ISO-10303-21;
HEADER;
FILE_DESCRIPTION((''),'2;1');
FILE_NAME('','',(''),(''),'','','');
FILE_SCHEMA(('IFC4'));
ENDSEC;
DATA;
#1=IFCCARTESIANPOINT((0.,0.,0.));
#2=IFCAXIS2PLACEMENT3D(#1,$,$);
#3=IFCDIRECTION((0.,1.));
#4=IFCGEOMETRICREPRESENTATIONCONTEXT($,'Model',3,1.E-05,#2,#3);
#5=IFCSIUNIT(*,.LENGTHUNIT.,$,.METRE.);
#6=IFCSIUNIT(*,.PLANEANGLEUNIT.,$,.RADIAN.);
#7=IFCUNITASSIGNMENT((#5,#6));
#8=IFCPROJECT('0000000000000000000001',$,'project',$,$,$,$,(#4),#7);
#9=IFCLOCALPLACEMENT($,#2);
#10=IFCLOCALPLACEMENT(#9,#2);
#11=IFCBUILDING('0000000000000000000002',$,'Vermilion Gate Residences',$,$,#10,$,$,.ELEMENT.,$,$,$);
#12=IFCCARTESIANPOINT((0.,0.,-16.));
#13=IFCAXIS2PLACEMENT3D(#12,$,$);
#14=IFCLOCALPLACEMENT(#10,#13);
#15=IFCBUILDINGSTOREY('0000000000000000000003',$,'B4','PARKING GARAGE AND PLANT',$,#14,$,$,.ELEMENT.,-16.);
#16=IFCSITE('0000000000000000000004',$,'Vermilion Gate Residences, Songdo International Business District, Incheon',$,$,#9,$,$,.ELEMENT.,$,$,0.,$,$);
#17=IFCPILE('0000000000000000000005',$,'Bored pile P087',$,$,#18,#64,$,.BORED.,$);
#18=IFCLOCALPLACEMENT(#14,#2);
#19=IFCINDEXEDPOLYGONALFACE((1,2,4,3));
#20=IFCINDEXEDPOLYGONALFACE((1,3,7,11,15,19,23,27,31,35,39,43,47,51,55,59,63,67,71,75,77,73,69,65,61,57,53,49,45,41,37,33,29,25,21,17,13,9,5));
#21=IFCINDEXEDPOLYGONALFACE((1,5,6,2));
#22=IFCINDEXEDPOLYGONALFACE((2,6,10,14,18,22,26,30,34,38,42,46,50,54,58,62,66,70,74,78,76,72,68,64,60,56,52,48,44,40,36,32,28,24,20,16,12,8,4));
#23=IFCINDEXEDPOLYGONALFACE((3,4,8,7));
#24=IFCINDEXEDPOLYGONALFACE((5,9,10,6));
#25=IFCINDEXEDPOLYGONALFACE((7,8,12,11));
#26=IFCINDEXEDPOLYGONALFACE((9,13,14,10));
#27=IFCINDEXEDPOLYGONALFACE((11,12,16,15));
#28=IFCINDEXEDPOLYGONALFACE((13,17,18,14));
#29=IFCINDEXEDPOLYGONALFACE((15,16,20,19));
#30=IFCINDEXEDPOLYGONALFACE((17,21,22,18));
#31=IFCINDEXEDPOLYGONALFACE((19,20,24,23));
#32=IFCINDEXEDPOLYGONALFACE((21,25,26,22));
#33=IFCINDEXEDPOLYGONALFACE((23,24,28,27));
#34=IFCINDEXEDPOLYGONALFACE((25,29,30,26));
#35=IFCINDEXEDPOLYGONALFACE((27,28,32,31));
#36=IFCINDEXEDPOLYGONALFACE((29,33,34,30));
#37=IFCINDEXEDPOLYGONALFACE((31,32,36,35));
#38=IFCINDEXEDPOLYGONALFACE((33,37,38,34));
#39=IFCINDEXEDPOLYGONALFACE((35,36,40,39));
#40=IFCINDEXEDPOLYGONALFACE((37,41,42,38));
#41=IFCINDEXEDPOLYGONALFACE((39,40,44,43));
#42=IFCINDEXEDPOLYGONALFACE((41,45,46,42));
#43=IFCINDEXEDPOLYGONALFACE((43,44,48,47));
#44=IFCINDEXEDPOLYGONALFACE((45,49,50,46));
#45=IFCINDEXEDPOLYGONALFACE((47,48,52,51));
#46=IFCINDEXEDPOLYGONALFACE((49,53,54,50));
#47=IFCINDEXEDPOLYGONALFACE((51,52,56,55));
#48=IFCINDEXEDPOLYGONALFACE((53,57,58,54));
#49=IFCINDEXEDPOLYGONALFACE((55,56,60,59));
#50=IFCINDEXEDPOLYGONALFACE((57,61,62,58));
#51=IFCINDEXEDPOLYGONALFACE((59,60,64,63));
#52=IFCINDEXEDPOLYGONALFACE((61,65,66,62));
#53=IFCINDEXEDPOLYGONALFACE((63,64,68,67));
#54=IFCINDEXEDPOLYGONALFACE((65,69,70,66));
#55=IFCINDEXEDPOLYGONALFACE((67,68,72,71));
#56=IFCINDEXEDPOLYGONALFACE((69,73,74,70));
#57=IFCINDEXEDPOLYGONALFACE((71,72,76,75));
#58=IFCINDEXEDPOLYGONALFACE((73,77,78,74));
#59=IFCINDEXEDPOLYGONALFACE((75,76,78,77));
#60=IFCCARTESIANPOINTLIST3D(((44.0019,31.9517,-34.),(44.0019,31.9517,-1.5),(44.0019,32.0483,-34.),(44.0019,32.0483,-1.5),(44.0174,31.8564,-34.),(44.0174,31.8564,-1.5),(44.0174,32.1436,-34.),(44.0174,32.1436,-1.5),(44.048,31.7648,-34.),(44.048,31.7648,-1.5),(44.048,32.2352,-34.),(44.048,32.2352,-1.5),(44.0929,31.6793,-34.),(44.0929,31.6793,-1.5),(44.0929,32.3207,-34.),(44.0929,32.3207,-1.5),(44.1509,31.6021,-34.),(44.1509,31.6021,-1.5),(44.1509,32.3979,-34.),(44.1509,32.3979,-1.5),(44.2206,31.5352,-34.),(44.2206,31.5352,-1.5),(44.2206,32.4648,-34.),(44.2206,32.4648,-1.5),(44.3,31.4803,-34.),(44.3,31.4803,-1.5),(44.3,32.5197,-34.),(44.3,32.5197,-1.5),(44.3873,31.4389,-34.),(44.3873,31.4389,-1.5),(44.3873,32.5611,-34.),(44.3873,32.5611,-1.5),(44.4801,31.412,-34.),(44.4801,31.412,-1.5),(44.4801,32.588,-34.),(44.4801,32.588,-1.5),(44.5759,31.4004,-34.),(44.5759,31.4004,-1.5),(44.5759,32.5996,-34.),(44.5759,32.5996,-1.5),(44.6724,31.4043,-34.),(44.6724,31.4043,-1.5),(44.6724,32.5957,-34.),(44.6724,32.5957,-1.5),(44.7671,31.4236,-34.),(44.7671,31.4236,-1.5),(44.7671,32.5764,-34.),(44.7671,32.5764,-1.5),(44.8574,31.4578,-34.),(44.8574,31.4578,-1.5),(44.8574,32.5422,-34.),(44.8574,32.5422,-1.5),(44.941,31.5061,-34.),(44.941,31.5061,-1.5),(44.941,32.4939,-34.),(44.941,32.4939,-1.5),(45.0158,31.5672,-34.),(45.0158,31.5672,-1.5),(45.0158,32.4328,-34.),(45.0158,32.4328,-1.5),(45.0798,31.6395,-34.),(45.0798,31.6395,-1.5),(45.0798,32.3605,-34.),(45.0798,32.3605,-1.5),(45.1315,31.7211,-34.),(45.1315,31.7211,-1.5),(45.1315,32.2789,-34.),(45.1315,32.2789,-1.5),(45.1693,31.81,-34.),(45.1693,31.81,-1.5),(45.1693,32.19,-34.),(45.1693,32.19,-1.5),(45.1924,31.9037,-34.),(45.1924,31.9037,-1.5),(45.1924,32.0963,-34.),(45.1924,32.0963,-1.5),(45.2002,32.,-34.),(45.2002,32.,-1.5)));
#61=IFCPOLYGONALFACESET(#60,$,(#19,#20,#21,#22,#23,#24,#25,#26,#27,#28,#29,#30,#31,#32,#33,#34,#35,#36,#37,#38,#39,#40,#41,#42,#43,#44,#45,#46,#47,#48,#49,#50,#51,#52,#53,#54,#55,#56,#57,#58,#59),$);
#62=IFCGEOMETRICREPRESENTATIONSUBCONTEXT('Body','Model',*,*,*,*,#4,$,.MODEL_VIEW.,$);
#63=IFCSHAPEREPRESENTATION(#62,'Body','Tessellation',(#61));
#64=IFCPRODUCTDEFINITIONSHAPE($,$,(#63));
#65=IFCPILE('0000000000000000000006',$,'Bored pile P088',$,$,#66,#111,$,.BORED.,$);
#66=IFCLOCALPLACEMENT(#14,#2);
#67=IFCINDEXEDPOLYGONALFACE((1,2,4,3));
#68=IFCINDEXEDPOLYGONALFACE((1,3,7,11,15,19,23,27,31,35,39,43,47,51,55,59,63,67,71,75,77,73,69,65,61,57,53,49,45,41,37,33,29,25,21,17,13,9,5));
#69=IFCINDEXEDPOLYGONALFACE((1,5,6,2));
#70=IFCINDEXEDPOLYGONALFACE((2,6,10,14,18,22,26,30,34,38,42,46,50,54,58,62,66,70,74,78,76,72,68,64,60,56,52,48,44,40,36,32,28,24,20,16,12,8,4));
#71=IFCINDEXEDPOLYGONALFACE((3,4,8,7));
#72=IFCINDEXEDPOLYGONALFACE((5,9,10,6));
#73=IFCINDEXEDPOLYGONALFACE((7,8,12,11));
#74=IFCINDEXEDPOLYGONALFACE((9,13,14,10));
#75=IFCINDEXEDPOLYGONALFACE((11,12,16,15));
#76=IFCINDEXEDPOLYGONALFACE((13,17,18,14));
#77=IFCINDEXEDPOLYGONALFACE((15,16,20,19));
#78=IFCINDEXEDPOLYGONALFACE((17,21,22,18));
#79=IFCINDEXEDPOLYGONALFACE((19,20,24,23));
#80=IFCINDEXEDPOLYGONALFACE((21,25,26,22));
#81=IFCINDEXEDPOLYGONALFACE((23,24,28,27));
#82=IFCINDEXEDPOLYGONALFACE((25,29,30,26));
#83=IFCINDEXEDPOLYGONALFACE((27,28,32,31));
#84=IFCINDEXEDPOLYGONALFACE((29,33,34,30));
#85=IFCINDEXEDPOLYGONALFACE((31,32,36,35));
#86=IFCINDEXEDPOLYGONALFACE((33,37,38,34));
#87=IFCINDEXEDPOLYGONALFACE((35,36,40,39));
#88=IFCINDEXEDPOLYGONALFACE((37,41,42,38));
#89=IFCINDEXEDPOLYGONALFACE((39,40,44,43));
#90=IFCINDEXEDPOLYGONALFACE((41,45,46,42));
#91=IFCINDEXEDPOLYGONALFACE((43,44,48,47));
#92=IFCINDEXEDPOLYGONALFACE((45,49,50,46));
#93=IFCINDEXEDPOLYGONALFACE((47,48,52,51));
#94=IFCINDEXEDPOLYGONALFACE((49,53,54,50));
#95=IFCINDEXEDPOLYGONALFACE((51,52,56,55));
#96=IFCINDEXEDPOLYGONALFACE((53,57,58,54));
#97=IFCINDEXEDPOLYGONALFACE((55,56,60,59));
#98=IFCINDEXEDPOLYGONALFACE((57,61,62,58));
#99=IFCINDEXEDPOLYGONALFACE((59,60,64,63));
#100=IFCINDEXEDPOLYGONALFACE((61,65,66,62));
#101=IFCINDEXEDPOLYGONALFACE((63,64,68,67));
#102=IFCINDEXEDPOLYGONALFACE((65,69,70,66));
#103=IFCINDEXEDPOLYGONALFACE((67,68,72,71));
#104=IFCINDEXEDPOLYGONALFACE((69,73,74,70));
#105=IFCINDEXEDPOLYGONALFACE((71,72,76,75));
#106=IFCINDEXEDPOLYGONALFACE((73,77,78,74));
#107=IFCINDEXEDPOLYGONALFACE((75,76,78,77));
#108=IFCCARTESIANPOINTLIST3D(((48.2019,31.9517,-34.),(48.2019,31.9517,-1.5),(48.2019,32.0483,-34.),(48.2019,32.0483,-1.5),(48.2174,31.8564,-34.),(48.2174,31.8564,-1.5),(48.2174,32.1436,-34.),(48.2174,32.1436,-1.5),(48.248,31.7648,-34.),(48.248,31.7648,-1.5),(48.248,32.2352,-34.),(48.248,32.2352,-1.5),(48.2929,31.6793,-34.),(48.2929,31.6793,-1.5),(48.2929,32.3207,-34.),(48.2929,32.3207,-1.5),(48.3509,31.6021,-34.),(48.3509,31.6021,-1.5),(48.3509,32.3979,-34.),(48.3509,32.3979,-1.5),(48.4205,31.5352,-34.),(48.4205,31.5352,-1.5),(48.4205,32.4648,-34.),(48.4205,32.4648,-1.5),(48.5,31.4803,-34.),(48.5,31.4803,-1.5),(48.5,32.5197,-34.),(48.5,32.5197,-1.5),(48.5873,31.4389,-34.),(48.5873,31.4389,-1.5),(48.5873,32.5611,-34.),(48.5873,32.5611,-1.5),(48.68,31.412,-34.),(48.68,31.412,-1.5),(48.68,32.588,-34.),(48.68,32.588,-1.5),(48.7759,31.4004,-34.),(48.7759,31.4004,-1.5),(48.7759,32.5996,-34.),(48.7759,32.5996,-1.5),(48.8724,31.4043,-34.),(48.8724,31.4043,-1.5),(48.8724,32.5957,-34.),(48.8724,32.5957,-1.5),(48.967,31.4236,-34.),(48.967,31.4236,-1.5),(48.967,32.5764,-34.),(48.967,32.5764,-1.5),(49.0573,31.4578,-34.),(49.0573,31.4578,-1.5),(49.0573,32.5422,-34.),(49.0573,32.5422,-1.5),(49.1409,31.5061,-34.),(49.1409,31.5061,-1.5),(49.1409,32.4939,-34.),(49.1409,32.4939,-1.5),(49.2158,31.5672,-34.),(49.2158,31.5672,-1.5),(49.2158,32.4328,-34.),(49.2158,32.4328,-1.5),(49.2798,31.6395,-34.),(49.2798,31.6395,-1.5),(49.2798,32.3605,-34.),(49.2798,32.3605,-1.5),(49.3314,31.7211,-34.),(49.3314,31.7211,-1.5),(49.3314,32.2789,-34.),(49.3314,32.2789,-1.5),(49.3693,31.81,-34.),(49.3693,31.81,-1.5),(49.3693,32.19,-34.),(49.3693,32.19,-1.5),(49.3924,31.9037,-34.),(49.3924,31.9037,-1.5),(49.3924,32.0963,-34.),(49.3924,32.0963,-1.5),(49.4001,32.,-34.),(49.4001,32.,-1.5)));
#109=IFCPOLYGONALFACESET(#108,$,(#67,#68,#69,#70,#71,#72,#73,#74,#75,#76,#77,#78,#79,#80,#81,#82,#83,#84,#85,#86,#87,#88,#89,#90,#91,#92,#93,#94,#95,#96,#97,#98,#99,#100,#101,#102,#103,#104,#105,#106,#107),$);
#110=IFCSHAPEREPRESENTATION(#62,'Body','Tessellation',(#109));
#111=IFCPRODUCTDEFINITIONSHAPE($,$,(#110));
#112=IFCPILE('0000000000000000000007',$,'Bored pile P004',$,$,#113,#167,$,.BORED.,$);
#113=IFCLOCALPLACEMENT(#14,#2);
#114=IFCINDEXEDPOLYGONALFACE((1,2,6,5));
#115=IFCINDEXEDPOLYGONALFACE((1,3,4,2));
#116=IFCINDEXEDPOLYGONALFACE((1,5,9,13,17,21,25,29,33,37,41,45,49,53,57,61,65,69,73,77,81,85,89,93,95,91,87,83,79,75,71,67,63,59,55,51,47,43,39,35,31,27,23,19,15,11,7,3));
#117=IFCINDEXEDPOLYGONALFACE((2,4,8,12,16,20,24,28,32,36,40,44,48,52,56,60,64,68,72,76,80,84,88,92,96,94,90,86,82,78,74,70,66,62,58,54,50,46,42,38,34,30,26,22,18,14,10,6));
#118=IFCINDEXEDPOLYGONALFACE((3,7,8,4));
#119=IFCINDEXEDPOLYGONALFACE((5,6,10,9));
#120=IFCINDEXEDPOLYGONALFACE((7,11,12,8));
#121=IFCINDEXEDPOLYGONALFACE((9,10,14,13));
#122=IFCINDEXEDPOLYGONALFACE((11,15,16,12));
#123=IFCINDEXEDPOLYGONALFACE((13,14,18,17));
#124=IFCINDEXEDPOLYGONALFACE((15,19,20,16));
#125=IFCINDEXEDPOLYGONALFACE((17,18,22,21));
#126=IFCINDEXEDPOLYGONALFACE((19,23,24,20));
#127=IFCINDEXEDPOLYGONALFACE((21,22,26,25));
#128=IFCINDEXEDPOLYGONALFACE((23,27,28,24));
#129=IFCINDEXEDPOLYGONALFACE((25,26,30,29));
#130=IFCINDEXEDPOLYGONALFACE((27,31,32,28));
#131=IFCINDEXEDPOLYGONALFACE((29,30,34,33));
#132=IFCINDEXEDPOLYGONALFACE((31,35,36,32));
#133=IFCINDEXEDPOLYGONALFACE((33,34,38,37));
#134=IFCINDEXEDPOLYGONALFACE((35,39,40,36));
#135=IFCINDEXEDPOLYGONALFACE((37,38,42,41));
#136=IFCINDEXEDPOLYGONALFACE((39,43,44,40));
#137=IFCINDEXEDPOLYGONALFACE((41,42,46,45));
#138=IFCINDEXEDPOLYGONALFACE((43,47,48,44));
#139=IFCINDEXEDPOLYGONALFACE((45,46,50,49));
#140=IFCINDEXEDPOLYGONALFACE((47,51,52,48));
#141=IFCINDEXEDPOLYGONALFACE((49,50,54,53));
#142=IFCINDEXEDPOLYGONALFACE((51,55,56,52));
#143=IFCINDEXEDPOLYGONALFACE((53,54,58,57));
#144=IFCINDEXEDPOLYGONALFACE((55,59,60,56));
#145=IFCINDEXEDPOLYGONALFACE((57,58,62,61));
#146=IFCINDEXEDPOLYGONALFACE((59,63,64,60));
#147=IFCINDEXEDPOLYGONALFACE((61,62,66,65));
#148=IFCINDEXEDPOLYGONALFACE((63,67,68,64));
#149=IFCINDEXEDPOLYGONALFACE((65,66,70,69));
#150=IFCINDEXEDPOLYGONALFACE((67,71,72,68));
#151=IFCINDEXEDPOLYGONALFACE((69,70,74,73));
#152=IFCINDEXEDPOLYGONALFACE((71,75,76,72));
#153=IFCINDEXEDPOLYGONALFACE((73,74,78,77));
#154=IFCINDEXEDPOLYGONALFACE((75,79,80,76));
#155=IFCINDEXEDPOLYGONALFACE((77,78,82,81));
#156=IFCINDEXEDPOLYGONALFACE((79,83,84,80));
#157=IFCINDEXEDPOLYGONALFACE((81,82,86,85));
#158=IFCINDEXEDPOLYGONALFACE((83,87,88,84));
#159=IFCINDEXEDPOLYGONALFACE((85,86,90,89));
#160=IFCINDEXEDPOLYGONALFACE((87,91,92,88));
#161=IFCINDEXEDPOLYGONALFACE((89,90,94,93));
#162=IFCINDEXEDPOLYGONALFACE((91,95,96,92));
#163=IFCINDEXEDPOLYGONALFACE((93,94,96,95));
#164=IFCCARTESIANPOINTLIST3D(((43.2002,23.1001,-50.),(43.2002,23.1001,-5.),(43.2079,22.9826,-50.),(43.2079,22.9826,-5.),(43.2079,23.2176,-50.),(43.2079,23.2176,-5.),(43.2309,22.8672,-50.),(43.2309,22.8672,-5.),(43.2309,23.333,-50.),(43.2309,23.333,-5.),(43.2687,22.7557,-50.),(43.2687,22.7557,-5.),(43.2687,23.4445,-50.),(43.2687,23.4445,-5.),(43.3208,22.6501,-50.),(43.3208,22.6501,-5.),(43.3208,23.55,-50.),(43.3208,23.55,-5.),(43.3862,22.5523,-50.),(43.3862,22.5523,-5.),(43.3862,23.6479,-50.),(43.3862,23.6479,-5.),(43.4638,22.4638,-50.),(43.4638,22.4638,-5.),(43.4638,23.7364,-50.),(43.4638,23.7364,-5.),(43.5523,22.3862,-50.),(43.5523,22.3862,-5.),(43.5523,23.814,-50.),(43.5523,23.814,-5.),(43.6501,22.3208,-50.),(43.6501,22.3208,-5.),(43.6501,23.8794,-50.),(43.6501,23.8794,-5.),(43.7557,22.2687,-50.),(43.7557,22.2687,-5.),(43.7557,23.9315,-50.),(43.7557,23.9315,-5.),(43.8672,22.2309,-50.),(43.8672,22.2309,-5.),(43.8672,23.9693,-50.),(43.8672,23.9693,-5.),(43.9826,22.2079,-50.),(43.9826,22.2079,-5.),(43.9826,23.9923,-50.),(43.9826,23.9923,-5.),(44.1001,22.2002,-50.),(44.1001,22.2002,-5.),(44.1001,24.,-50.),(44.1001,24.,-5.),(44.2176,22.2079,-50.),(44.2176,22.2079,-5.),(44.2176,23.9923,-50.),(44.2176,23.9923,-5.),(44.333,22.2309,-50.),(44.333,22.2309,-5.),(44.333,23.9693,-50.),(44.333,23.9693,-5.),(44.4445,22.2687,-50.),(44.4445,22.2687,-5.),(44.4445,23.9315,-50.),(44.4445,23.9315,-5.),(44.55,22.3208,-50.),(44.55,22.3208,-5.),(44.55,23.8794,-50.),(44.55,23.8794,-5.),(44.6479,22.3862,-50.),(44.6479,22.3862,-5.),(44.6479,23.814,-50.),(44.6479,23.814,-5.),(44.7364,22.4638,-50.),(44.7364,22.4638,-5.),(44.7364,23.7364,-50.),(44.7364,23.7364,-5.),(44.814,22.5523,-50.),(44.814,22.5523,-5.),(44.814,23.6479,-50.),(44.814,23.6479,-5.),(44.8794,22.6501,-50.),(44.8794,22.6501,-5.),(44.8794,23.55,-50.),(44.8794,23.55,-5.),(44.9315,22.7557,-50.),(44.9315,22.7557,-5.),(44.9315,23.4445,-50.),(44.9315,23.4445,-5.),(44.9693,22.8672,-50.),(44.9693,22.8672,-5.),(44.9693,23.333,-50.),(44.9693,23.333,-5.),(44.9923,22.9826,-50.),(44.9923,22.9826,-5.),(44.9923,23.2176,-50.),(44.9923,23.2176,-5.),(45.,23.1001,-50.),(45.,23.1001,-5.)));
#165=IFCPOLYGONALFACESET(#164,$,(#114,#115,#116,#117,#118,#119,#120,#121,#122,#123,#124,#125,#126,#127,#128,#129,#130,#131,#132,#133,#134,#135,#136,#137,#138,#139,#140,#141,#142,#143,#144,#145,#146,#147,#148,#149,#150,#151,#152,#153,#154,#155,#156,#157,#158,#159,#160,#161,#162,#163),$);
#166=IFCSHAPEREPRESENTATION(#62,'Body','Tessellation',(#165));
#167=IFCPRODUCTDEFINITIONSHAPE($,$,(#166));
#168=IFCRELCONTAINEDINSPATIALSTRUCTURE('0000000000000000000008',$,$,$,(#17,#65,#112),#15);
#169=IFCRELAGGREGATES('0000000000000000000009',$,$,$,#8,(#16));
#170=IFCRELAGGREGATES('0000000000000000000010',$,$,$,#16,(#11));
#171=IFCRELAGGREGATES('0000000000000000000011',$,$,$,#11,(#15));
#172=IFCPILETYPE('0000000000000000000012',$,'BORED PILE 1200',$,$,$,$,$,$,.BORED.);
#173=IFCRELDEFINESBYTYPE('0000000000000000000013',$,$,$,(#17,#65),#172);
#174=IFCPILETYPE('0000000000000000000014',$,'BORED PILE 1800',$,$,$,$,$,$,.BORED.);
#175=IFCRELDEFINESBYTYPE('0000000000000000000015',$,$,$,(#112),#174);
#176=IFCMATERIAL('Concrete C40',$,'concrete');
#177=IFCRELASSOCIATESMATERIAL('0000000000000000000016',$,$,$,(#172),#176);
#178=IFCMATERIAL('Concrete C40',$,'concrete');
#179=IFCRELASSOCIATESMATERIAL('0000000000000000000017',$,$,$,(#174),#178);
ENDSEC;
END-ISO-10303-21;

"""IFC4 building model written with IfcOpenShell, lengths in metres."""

from ifc_helpers import new_model, si_unit, direction, frame, origin, origin_2d, place, context, subcontext, project, spatial, circle, extrude, material, material_profile, profile_set, type_object, element, save


model = new_model("IFC4")

# Units and contexts
model_context = context("Model", 3, precision=1e-05, world=origin(), true_north=direction((0.0, 1.0)))
body_context = subcontext(model_context, "Body", "Model", "MODEL_VIEW")
ifc_project = project(units=[si_unit("LENGTHUNIT", "METRE"), si_unit("PLANEANGLEUNIT", "RADIAN")], contexts=[model_context])

# Site, building, storey
site_placement = place(None, origin())
site = spatial("IfcSite", under=ifc_project, at=site_placement, Name="Vermilion Gate Residences, Songdo International Business District, Incheon", CompositionType="ELEMENT", RefElevation=0.0)
building_placement = place(site_placement, origin())
building = spatial("IfcBuilding", under=site, at=building_placement, Name="Vermilion Gate Residences", CompositionType="ELEMENT")
storey_placement = place(building_placement, frame((0.0, 0.0, -16.0)))
storey = spatial("IfcBuildingStorey", under=building, at=storey_placement, Name="B4", Description="PARKING GARAGE AND PLANT", CompositionType="ELEMENT", Elevation=-16.0)

# Piles
ifc_material_1 = material(Name="Concrete C40", Category="concrete")
ifc_material_profile_1 = material_profile(ifc_material_1, circle(Radius=0.6001, at=origin_2d()), Name="BORED PILE 1200")
ifc_profile_set_1 = profile_set([ifc_material_profile_1], Name="Concrete C40")
pile_type_1 = type_object("IfcPileType", Name="BORED PILE 1200", PredefinedType="BORED", material=ifc_profile_set_1)
for number, where, z_axis, x_axis, name in (
    (1, (44.6001, 32.0, -1.5), (0.0, 0.0, -1.0), (1.0, 0.0, 0.0), "Bored pile P087"),
    (2, (48.8, 32.0, -1.5), (0.0, 0.0, -1.0), (1.0, 0.0, 0.0), "Bored pile P088"),
):
    element("IfcPile", number, at=place(storey_placement, frame(where, z_axis=z_axis, x_axis=x_axis)), inside=storey, type_object=pile_type_1, Name=name, PredefinedType="BORED", context=body_context, shape_type="SweptSolid", body=[
        extrude(circle(Radius=0.6001, at=origin_2d()), origin(), (0.0, 0.0, 1.0), 32.5),
    ])
ifc_material_2 = material(Name="Concrete C40", Category="concrete")
ifc_material_profile_2 = material_profile(ifc_material_2, circle(Radius=0.8999, at=origin_2d()), Name="BORED PILE 1800")
ifc_profile_set_2 = profile_set([ifc_material_profile_2], Name="Concrete C40")
pile_type_2 = type_object("IfcPileType", Name="BORED PILE 1800", PredefinedType="BORED", material=ifc_profile_set_2)
for number, where, z_axis, x_axis, name in (
    (3, (44.1001, 23.1001, -5.0), (0.0, 0.0, -1.0), (1.0, 0.0, 0.0), "Bored pile P004"),
):
    element("IfcPile", number, at=place(storey_placement, frame(where, z_axis=z_axis, x_axis=x_axis)), inside=storey, type_object=pile_type_2, Name=name, PredefinedType="BORED", context=body_context, shape_type="SweptSolid", body=[
        extrude(circle(Radius=0.8999, at=origin_2d()), origin(), (0.0, 0.0, 1.0), 45.0),
    ])

save(model, "model.ifc")
